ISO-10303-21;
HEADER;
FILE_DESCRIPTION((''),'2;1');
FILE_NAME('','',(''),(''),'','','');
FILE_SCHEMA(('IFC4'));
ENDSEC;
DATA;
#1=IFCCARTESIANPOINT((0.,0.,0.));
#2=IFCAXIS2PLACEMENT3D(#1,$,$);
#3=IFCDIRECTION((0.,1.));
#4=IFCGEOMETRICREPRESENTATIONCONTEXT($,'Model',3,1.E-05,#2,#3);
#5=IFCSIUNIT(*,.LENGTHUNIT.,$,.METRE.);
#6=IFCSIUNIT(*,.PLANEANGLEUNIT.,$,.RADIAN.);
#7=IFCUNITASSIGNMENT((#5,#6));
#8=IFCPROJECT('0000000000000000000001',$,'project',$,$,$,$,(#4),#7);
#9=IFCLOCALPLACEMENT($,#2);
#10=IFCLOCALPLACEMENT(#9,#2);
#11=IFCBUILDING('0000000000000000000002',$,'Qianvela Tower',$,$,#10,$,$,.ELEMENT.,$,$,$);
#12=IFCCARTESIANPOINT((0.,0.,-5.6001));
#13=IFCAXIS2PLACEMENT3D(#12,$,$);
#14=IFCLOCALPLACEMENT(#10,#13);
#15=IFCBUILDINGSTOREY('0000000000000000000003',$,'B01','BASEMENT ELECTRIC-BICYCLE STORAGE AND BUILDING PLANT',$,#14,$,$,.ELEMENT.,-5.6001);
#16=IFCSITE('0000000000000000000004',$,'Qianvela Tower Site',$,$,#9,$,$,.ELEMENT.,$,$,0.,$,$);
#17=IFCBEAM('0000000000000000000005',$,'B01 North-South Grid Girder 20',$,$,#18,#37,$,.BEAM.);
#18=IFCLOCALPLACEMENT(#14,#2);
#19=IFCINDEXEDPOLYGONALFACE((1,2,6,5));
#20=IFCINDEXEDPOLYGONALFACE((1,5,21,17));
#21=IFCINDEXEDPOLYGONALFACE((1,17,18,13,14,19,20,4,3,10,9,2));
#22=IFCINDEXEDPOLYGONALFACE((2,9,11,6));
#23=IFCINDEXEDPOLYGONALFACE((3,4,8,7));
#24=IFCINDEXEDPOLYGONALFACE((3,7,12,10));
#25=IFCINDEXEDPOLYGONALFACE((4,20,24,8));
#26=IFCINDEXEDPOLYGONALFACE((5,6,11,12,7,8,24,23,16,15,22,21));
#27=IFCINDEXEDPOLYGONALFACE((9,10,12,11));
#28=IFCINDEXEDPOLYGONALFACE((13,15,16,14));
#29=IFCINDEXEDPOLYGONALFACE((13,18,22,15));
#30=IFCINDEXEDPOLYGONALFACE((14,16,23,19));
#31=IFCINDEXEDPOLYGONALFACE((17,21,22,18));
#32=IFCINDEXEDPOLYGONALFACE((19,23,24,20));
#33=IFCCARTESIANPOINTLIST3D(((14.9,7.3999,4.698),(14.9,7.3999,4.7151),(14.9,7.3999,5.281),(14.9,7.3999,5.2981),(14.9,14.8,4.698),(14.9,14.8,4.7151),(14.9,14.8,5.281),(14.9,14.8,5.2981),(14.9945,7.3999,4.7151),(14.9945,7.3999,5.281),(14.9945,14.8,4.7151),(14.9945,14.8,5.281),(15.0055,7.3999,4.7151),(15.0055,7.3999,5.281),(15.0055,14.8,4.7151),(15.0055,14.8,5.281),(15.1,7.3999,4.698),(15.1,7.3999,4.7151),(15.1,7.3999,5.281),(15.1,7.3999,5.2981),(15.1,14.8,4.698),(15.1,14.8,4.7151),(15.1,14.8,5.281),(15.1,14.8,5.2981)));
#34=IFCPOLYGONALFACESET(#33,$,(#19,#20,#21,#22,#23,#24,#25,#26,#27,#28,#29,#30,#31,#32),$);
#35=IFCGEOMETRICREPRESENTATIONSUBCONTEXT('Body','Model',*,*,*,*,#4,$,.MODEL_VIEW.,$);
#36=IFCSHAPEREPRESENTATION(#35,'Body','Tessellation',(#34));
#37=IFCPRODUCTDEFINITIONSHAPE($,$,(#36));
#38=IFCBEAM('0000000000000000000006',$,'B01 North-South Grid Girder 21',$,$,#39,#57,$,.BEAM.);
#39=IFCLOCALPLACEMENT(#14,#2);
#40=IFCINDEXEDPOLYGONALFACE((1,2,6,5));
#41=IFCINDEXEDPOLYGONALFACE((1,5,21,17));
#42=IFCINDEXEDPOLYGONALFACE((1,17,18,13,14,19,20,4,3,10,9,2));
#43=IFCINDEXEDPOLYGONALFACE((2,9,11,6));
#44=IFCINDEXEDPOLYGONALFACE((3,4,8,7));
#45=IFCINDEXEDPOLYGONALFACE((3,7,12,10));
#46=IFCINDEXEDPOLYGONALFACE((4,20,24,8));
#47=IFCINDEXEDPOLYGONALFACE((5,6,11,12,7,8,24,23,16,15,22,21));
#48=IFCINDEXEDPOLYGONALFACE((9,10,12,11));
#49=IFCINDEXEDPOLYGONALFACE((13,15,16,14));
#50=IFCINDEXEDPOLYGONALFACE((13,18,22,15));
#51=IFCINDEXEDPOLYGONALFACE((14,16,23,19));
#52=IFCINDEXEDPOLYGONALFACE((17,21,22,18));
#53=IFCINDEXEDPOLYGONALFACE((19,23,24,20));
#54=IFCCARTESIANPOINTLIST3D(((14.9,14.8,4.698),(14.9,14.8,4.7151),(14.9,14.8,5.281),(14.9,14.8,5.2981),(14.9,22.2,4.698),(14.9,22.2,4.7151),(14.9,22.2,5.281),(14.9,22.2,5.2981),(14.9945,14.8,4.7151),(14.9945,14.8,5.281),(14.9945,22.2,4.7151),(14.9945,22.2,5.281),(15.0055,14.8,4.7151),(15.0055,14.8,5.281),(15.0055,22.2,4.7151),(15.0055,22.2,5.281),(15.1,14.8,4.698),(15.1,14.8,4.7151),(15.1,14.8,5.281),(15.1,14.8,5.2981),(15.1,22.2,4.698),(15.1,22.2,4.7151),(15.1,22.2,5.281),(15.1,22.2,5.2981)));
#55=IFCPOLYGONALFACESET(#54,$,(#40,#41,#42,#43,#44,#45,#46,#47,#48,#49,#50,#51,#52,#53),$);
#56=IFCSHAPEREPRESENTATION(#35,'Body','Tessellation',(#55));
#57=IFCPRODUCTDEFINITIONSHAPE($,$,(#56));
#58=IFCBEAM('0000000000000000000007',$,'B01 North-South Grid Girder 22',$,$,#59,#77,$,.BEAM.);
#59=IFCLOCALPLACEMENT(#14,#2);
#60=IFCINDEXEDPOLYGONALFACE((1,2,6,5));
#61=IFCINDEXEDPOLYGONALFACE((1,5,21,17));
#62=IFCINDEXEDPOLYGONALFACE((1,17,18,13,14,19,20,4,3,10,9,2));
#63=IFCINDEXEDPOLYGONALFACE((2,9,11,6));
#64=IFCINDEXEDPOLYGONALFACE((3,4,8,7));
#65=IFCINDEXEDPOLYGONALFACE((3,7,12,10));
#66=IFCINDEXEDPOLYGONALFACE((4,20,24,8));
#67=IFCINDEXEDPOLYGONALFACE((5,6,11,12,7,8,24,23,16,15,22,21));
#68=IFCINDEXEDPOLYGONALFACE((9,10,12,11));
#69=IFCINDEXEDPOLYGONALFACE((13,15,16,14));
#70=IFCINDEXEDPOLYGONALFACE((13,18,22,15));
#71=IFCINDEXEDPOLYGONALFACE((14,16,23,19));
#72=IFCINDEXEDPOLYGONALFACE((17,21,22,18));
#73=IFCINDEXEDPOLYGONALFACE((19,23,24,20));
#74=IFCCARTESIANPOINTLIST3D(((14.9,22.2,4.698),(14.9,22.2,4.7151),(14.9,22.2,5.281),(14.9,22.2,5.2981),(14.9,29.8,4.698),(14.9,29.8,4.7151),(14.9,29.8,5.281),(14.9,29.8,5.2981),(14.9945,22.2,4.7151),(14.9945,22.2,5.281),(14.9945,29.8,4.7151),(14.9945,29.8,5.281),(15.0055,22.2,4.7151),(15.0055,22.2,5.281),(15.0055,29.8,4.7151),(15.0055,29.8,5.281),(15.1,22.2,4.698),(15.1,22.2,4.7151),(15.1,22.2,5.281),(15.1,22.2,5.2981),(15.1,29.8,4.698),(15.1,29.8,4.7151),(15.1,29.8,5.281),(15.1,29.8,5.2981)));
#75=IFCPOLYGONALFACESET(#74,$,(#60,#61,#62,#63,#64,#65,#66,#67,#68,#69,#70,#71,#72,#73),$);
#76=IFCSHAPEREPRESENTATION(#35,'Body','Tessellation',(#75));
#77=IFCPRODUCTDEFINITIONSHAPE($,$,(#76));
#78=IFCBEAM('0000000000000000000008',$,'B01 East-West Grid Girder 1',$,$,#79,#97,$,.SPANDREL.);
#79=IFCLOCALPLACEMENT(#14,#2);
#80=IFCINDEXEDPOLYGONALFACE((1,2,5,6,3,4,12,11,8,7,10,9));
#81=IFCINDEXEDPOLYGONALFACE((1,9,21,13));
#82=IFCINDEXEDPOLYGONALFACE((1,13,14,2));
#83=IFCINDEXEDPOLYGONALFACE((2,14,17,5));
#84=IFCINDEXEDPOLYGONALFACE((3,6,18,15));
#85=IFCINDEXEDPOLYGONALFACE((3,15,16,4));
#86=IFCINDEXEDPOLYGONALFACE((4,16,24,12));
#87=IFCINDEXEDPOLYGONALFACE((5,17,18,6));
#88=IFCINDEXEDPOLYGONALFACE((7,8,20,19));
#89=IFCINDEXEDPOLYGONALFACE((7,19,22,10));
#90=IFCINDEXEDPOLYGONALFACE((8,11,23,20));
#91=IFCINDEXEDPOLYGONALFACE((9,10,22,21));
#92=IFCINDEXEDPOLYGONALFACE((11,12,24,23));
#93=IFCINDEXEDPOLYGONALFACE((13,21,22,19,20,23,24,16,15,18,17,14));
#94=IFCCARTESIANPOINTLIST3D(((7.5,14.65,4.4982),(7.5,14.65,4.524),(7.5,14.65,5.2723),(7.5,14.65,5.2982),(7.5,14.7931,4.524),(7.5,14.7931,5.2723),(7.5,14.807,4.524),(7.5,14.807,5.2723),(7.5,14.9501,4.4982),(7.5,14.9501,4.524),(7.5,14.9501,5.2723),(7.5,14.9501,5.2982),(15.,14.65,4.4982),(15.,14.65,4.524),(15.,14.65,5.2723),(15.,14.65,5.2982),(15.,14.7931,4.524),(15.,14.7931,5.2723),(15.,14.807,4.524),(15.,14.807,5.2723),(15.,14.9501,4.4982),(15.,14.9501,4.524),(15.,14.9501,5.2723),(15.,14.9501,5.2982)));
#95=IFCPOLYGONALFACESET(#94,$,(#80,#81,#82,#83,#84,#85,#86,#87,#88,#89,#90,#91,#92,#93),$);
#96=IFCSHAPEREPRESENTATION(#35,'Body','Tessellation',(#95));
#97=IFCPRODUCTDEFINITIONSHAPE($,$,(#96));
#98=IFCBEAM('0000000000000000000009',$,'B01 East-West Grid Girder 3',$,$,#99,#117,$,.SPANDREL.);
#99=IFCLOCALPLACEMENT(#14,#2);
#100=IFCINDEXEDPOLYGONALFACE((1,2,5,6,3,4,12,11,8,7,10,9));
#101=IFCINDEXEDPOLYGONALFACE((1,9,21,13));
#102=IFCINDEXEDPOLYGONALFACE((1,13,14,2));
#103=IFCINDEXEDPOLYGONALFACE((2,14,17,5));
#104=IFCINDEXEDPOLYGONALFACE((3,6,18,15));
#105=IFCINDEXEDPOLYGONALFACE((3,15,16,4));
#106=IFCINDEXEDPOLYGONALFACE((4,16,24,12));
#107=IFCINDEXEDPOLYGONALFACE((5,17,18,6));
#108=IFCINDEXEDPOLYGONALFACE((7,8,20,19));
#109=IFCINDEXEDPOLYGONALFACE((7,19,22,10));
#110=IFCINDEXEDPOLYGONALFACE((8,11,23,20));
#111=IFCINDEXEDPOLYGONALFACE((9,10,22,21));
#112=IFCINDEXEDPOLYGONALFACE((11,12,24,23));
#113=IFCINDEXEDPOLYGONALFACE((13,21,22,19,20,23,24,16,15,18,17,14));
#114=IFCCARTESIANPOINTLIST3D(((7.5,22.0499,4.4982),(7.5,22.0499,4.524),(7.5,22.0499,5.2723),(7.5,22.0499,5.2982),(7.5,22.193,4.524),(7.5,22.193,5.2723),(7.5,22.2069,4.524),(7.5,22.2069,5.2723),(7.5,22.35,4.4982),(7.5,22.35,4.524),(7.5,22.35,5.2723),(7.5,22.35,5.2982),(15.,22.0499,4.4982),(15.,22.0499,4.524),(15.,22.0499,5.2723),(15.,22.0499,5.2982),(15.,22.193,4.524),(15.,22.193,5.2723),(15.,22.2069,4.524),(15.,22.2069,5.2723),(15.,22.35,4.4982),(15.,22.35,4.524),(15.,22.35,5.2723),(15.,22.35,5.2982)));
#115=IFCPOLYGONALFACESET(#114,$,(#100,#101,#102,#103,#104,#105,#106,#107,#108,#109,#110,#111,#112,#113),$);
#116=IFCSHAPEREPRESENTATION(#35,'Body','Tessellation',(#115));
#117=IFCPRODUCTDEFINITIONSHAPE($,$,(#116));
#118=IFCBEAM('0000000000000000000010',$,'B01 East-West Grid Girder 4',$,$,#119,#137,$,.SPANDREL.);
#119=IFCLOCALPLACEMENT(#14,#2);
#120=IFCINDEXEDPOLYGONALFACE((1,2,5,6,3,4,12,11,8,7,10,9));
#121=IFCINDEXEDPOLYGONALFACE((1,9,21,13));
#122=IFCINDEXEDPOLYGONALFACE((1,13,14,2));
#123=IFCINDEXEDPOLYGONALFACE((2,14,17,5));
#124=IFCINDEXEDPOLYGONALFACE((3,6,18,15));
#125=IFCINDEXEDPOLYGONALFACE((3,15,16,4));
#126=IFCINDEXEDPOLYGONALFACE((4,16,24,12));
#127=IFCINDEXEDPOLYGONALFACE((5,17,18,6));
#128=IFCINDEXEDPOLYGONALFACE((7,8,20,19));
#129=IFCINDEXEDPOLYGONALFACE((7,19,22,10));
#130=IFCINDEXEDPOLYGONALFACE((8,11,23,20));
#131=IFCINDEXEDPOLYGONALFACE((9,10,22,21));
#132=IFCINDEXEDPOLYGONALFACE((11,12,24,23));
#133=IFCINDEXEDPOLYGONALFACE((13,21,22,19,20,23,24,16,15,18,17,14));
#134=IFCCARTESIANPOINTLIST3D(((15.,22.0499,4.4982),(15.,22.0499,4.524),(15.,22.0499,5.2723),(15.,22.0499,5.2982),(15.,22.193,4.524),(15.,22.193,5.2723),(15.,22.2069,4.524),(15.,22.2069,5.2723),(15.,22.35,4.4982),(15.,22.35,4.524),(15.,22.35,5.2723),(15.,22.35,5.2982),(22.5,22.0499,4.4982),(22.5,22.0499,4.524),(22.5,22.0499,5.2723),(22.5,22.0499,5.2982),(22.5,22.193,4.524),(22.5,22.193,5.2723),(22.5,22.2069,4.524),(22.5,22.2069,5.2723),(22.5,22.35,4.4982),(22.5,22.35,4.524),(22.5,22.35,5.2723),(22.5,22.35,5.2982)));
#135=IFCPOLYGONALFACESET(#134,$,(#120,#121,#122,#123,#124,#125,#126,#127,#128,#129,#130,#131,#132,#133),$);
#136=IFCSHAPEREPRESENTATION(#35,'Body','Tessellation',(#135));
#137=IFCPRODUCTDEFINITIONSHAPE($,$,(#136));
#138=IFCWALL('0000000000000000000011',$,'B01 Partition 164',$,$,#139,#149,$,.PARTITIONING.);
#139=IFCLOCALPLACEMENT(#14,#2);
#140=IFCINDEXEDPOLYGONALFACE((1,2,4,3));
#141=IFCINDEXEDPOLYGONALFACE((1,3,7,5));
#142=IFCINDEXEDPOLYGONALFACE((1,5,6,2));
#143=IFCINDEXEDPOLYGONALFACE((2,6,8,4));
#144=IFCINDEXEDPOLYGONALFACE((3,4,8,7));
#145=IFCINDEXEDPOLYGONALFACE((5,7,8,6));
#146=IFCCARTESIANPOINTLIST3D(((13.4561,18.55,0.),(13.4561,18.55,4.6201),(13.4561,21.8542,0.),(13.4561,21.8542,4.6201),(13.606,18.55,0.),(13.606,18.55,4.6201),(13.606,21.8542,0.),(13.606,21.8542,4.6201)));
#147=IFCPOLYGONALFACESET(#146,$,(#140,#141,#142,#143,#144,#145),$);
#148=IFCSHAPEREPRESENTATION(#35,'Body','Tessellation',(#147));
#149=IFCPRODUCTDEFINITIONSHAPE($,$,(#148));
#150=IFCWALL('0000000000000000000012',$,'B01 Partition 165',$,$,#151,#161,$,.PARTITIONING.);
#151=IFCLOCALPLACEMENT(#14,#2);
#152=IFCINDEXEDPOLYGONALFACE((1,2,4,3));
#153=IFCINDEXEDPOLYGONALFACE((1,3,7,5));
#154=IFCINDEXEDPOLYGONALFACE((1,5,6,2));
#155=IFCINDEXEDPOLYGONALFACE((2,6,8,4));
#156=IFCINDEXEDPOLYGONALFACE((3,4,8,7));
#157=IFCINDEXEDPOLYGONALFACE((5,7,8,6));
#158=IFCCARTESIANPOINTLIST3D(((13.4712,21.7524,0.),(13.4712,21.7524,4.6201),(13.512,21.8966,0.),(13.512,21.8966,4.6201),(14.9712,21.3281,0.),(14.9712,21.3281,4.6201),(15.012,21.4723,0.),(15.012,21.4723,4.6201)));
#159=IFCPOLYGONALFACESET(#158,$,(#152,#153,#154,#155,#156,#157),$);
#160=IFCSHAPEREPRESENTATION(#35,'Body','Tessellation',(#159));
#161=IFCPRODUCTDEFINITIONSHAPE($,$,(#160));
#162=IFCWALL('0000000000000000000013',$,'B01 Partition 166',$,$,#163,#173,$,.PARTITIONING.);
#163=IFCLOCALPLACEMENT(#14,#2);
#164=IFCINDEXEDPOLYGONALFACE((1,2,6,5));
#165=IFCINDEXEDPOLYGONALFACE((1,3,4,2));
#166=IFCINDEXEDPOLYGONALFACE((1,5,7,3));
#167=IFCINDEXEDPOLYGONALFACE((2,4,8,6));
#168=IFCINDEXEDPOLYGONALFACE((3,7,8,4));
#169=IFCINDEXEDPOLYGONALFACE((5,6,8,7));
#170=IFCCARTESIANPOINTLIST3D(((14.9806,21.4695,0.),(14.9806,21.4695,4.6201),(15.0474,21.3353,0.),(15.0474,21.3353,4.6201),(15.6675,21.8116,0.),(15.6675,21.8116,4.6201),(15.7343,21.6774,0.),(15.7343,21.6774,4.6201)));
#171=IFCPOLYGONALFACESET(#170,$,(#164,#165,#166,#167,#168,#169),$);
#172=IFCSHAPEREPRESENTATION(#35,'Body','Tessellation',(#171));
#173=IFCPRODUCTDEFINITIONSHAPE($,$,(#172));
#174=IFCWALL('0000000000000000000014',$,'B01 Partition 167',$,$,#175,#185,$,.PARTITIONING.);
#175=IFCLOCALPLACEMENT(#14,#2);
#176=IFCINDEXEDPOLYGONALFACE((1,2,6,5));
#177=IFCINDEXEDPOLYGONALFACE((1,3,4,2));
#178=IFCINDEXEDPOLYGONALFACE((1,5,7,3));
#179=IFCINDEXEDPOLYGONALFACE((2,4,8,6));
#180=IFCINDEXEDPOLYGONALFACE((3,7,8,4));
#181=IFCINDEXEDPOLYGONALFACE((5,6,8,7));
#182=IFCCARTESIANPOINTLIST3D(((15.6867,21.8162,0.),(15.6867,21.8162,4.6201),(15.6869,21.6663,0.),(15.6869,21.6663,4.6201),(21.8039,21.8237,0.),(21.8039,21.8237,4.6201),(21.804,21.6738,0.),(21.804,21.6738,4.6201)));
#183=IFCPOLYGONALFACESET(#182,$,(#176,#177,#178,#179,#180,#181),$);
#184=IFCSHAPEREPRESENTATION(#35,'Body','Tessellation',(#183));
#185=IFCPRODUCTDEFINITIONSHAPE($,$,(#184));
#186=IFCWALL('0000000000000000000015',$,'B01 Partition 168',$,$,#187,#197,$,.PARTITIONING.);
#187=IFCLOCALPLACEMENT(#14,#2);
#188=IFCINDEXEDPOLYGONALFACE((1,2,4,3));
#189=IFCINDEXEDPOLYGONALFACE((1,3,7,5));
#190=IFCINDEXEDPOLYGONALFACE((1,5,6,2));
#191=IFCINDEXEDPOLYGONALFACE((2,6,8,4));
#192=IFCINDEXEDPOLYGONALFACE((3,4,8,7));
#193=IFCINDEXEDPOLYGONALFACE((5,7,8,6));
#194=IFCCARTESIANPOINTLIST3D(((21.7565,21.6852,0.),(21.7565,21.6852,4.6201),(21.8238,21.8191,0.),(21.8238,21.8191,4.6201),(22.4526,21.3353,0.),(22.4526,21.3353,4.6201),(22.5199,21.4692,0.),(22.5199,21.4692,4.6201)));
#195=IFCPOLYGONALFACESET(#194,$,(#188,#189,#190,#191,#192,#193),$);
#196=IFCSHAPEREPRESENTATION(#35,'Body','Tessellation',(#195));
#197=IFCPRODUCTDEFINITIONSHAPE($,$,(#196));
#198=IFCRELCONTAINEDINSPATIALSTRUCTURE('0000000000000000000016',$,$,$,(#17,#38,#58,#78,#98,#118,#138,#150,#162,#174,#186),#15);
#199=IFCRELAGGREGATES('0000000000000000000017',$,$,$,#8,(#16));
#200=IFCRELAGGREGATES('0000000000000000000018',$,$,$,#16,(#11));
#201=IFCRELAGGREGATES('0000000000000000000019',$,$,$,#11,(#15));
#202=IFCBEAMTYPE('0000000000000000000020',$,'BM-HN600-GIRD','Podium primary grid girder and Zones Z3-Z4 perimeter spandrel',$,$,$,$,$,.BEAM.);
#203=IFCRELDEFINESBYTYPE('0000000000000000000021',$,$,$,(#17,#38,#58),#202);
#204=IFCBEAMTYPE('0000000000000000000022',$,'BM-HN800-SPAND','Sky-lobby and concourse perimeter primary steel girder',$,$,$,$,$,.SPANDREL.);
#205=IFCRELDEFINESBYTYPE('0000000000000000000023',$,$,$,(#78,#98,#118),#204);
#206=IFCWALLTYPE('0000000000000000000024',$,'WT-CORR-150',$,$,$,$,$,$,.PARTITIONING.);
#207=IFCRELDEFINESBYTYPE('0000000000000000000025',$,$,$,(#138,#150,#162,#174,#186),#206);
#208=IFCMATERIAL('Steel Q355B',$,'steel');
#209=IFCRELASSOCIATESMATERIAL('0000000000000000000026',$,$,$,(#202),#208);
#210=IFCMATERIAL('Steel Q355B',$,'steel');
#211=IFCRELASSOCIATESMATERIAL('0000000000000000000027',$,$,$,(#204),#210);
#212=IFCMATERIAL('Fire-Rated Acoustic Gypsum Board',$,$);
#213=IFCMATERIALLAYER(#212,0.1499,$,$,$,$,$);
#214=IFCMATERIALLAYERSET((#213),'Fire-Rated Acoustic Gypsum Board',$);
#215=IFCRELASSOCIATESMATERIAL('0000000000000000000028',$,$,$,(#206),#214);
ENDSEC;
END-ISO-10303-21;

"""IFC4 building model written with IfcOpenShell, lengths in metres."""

from ifc_helpers import new_model, si_unit, direction, frame, frame_2d, origin, origin_2d, place, context, subcontext, project, spatial, rectangle, i_section, extrude, material, layer, layer_set, material_profile, profile_set, type_object, element, save


model = new_model("IFC4")

# Units and contexts
model_context = context("Model", 3, precision=1e-05, world=origin(), true_north=direction((0.0, 1.0)))
body_context = subcontext(model_context, "Body", "Model", "MODEL_VIEW")
ifc_project = project(units=[si_unit("LENGTHUNIT", "METRE"), si_unit("PLANEANGLEUNIT", "RADIAN")], contexts=[model_context])

# Site, building, storey
site_placement = place(None, origin())
site = spatial("IfcSite", under=ifc_project, at=site_placement, Name="Qianvela Tower Site", CompositionType="ELEMENT", RefElevation=0.0)
building_placement = place(site_placement, origin())
building = spatial("IfcBuilding", under=site, at=building_placement, Name="Qianvela Tower", CompositionType="ELEMENT")
storey_placement = place(building_placement, frame((0.0, 0.0, -5.6001)))
storey = spatial("IfcBuildingStorey", under=building, at=storey_placement, Name="B01", Description="BASEMENT ELECTRIC-BICYCLE STORAGE AND BUILDING PLANT", CompositionType="ELEMENT", Elevation=-5.6001)

# Beams
ifc_material_1 = material(Name="Steel Q355B", Category="steel")
ifc_material_profile_1 = material_profile(ifc_material_1, i_section(OverallWidth=0.2, OverallDepth=0.6001, WebThickness=0.011, FlangeThickness=0.0171, at=origin_2d()), Name="HN600x200x11x17")
ifc_profile_set_1 = profile_set([ifc_material_profile_1], Name="Steel Q355B")
beam_type_1 = type_object("IfcBeamType", Name="BM-HN600-GIRD", Description="Podium primary grid girder and Zones Z3-Z4 perimeter spandrel", PredefinedType="BEAM", material=ifc_profile_set_1)
beam_1_placement = place(storey_placement, frame((15.0, 7.3999, 4.998), z_axis=(0.0, 1.0, 0.0), x_axis=(-1.0, 0.0, 0.0)))
element("IfcBeam", 1, at=beam_1_placement, inside=storey, type_object=beam_type_1, Name="B01 North-South Grid Girder 20", PredefinedType="BEAM", context=body_context, shape_type="SweptSolid", body=[
    extrude(i_section(OverallWidth=0.2, OverallDepth=0.6001, WebThickness=0.011, FlangeThickness=0.0171, at=origin_2d()), origin(), (0.0, 0.0, 1.0), 7.4001),
])
beam_2_placement = place(storey_placement, frame((15.0, 14.8, 4.998), z_axis=(0.0, 1.0, 0.0), x_axis=(-1.0, 0.0, 0.0)))
element("IfcBeam", 2, at=beam_2_placement, inside=storey, type_object=beam_type_1, Name="B01 North-South Grid Girder 21", PredefinedType="BEAM", context=body_context, shape_type="SweptSolid", body=[
    extrude(i_section(OverallWidth=0.2, OverallDepth=0.6001, WebThickness=0.011, FlangeThickness=0.0171, at=origin_2d()), origin(), (0.0, 0.0, 1.0), 7.3999),
])
beam_3_placement = place(storey_placement, frame((15.0, 22.2, 4.998), z_axis=(0.0, 1.0, 0.0), x_axis=(-1.0, 0.0, 0.0)))
element("IfcBeam", 3, at=beam_3_placement, inside=storey, type_object=beam_type_1, Name="B01 North-South Grid Girder 22", PredefinedType="BEAM", context=body_context, shape_type="SweptSolid", body=[
    extrude(i_section(OverallWidth=0.2, OverallDepth=0.6001, WebThickness=0.011, FlangeThickness=0.0171, at=origin_2d()), origin(), (0.0, 0.0, 1.0), 7.6001),
])
ifc_material_2 = material(Name="Steel Q355B", Category="steel")
ifc_material_profile_2 = material_profile(ifc_material_2, i_section(OverallWidth=0.3, OverallDepth=0.8, WebThickness=0.0139, FlangeThickness=0.0259, at=origin_2d()), Name="HN800x300x14x26")
ifc_profile_set_2 = profile_set([ifc_material_profile_2], Name="Steel Q355B")
beam_type_2 = type_object("IfcBeamType", Name="BM-HN800-SPAND", Description="Sky-lobby and concourse perimeter primary steel girder", PredefinedType="SPANDREL", material=ifc_profile_set_2)
for number, where, z_axis, x_axis, name in (
    (4, (7.5, 14.8, 4.8982), (1.0, 0.0, 0.0), (0.0, 1.0, 0.0), "B01 East-West Grid Girder 1"),
    (5, (7.5, 22.2, 4.8982), (1.0, 0.0, 0.0), (0.0, 1.0, 0.0), "B01 East-West Grid Girder 3"),
    (6, (15.0, 22.2, 4.8982), (1.0, 0.0, 0.0), (0.0, 1.0, 0.0), "B01 East-West Grid Girder 4"),
):
    element("IfcBeam", number, at=place(storey_placement, frame(where, z_axis=z_axis, x_axis=x_axis)), inside=storey, type_object=beam_type_2, Name=name, PredefinedType="SPANDREL", context=body_context, shape_type="SweptSolid", body=[
        extrude(i_section(OverallWidth=0.3, OverallDepth=0.8, WebThickness=0.0139, FlangeThickness=0.0259, at=origin_2d()), origin(), (0.0, 0.0, 1.0), 7.5),
    ])

# Walls
ifc_material_3 = material(Name="Fire-Rated Acoustic Gypsum Board")
ifc_layer_1 = layer(ifc_material_3, 0.1499)
ifc_layer_set_1 = layer_set([ifc_layer_1], Name="Fire-Rated Acoustic Gypsum Board")
wall_type_1 = type_object("IfcWallType", Name="WT-CORR-150", PredefinedType="PARTITIONING", material=ifc_layer_set_1)
wall_1_placement = place(storey_placement, frame((13.531, 18.55, 0.0), z_axis=(0.0, 0.0, 1.0), x_axis=(0.0, 1.0, 0.0)))
element("IfcWall", 7, at=wall_1_placement, inside=storey, type_object=wall_type_1, Name="B01 Partition 164", PredefinedType="PARTITIONING", context=body_context, shape_type="SweptSolid", body=[
    extrude(rectangle(XDim=3.3042, YDim=0.1499, at=frame_2d((1.6521, 0.0))), origin(), (0.0, 0.0, 1.0), 4.6201),
])
wall_2_placement = place(storey_placement, frame((13.4917, 21.8245, 0.0), z_axis=(0.0, 0.0, 1.0), x_axis=(0.962242, -0.272197, 0.0)))
element("IfcWall", 8, at=wall_2_placement, inside=storey, type_object=wall_type_1, Name="B01 Partition 165", PredefinedType="PARTITIONING", context=body_context, shape_type="SweptSolid", body=[
    extrude(rectangle(XDim=1.5588, YDim=0.1499, at=frame_2d((0.7793, 0.0))), origin(), (0.0, 0.0, 1.0), 4.6201),
])
wall_3_placement = place(storey_placement, frame((15.0139, 21.4023, 0.0), z_axis=(0.0, 0.0, 1.0), x_axis=(0.895126, 0.445813, 0.0)))
element("IfcWall", 9, at=wall_3_placement, inside=storey, type_object=wall_type_1, Name="B01 Partition 166", PredefinedType="PARTITIONING", context=body_context, shape_type="SweptSolid", body=[
    extrude(rectangle(XDim=0.7673, YDim=0.1499, at=frame_2d((0.3838, 0.0))), origin(), (0.0, 0.0, 1.0), 4.6201),
])
wall_4_placement = place(storey_placement, frame((15.6868, 21.7412, 0.0), z_axis=(0.0, 0.0, 1.0), x_axis=(0.999999, 0.001237, 0.0)))
element("IfcWall", 10, at=wall_4_placement, inside=storey, type_object=wall_type_1, Name="B01 Partition 167", PredefinedType="PARTITIONING", context=body_context, shape_type="SweptSolid", body=[
    extrude(rectangle(XDim=6.1172, YDim=0.1499, at=frame_2d((3.0586, 0.0))), origin(), (0.0, 0.0, 1.0), 4.6201),
])
wall_5_placement = place(storey_placement, frame((21.79, 21.7522, 0.0), z_axis=(0.0, 0.0, 1.0), x_axis=(0.893485, -0.449093, 0.0)))
element("IfcWall", 11, at=wall_5_placement, inside=storey, type_object=wall_type_1, Name="B01 Partition 168", PredefinedType="PARTITIONING", context=body_context, shape_type="SweptSolid", body=[
    extrude(rectangle(XDim=0.7791, YDim=0.1499, at=frame_2d((0.3896, 0.0))), origin(), (0.0, 0.0, 1.0), 4.6201),
])

save(model, "model.ifc")
